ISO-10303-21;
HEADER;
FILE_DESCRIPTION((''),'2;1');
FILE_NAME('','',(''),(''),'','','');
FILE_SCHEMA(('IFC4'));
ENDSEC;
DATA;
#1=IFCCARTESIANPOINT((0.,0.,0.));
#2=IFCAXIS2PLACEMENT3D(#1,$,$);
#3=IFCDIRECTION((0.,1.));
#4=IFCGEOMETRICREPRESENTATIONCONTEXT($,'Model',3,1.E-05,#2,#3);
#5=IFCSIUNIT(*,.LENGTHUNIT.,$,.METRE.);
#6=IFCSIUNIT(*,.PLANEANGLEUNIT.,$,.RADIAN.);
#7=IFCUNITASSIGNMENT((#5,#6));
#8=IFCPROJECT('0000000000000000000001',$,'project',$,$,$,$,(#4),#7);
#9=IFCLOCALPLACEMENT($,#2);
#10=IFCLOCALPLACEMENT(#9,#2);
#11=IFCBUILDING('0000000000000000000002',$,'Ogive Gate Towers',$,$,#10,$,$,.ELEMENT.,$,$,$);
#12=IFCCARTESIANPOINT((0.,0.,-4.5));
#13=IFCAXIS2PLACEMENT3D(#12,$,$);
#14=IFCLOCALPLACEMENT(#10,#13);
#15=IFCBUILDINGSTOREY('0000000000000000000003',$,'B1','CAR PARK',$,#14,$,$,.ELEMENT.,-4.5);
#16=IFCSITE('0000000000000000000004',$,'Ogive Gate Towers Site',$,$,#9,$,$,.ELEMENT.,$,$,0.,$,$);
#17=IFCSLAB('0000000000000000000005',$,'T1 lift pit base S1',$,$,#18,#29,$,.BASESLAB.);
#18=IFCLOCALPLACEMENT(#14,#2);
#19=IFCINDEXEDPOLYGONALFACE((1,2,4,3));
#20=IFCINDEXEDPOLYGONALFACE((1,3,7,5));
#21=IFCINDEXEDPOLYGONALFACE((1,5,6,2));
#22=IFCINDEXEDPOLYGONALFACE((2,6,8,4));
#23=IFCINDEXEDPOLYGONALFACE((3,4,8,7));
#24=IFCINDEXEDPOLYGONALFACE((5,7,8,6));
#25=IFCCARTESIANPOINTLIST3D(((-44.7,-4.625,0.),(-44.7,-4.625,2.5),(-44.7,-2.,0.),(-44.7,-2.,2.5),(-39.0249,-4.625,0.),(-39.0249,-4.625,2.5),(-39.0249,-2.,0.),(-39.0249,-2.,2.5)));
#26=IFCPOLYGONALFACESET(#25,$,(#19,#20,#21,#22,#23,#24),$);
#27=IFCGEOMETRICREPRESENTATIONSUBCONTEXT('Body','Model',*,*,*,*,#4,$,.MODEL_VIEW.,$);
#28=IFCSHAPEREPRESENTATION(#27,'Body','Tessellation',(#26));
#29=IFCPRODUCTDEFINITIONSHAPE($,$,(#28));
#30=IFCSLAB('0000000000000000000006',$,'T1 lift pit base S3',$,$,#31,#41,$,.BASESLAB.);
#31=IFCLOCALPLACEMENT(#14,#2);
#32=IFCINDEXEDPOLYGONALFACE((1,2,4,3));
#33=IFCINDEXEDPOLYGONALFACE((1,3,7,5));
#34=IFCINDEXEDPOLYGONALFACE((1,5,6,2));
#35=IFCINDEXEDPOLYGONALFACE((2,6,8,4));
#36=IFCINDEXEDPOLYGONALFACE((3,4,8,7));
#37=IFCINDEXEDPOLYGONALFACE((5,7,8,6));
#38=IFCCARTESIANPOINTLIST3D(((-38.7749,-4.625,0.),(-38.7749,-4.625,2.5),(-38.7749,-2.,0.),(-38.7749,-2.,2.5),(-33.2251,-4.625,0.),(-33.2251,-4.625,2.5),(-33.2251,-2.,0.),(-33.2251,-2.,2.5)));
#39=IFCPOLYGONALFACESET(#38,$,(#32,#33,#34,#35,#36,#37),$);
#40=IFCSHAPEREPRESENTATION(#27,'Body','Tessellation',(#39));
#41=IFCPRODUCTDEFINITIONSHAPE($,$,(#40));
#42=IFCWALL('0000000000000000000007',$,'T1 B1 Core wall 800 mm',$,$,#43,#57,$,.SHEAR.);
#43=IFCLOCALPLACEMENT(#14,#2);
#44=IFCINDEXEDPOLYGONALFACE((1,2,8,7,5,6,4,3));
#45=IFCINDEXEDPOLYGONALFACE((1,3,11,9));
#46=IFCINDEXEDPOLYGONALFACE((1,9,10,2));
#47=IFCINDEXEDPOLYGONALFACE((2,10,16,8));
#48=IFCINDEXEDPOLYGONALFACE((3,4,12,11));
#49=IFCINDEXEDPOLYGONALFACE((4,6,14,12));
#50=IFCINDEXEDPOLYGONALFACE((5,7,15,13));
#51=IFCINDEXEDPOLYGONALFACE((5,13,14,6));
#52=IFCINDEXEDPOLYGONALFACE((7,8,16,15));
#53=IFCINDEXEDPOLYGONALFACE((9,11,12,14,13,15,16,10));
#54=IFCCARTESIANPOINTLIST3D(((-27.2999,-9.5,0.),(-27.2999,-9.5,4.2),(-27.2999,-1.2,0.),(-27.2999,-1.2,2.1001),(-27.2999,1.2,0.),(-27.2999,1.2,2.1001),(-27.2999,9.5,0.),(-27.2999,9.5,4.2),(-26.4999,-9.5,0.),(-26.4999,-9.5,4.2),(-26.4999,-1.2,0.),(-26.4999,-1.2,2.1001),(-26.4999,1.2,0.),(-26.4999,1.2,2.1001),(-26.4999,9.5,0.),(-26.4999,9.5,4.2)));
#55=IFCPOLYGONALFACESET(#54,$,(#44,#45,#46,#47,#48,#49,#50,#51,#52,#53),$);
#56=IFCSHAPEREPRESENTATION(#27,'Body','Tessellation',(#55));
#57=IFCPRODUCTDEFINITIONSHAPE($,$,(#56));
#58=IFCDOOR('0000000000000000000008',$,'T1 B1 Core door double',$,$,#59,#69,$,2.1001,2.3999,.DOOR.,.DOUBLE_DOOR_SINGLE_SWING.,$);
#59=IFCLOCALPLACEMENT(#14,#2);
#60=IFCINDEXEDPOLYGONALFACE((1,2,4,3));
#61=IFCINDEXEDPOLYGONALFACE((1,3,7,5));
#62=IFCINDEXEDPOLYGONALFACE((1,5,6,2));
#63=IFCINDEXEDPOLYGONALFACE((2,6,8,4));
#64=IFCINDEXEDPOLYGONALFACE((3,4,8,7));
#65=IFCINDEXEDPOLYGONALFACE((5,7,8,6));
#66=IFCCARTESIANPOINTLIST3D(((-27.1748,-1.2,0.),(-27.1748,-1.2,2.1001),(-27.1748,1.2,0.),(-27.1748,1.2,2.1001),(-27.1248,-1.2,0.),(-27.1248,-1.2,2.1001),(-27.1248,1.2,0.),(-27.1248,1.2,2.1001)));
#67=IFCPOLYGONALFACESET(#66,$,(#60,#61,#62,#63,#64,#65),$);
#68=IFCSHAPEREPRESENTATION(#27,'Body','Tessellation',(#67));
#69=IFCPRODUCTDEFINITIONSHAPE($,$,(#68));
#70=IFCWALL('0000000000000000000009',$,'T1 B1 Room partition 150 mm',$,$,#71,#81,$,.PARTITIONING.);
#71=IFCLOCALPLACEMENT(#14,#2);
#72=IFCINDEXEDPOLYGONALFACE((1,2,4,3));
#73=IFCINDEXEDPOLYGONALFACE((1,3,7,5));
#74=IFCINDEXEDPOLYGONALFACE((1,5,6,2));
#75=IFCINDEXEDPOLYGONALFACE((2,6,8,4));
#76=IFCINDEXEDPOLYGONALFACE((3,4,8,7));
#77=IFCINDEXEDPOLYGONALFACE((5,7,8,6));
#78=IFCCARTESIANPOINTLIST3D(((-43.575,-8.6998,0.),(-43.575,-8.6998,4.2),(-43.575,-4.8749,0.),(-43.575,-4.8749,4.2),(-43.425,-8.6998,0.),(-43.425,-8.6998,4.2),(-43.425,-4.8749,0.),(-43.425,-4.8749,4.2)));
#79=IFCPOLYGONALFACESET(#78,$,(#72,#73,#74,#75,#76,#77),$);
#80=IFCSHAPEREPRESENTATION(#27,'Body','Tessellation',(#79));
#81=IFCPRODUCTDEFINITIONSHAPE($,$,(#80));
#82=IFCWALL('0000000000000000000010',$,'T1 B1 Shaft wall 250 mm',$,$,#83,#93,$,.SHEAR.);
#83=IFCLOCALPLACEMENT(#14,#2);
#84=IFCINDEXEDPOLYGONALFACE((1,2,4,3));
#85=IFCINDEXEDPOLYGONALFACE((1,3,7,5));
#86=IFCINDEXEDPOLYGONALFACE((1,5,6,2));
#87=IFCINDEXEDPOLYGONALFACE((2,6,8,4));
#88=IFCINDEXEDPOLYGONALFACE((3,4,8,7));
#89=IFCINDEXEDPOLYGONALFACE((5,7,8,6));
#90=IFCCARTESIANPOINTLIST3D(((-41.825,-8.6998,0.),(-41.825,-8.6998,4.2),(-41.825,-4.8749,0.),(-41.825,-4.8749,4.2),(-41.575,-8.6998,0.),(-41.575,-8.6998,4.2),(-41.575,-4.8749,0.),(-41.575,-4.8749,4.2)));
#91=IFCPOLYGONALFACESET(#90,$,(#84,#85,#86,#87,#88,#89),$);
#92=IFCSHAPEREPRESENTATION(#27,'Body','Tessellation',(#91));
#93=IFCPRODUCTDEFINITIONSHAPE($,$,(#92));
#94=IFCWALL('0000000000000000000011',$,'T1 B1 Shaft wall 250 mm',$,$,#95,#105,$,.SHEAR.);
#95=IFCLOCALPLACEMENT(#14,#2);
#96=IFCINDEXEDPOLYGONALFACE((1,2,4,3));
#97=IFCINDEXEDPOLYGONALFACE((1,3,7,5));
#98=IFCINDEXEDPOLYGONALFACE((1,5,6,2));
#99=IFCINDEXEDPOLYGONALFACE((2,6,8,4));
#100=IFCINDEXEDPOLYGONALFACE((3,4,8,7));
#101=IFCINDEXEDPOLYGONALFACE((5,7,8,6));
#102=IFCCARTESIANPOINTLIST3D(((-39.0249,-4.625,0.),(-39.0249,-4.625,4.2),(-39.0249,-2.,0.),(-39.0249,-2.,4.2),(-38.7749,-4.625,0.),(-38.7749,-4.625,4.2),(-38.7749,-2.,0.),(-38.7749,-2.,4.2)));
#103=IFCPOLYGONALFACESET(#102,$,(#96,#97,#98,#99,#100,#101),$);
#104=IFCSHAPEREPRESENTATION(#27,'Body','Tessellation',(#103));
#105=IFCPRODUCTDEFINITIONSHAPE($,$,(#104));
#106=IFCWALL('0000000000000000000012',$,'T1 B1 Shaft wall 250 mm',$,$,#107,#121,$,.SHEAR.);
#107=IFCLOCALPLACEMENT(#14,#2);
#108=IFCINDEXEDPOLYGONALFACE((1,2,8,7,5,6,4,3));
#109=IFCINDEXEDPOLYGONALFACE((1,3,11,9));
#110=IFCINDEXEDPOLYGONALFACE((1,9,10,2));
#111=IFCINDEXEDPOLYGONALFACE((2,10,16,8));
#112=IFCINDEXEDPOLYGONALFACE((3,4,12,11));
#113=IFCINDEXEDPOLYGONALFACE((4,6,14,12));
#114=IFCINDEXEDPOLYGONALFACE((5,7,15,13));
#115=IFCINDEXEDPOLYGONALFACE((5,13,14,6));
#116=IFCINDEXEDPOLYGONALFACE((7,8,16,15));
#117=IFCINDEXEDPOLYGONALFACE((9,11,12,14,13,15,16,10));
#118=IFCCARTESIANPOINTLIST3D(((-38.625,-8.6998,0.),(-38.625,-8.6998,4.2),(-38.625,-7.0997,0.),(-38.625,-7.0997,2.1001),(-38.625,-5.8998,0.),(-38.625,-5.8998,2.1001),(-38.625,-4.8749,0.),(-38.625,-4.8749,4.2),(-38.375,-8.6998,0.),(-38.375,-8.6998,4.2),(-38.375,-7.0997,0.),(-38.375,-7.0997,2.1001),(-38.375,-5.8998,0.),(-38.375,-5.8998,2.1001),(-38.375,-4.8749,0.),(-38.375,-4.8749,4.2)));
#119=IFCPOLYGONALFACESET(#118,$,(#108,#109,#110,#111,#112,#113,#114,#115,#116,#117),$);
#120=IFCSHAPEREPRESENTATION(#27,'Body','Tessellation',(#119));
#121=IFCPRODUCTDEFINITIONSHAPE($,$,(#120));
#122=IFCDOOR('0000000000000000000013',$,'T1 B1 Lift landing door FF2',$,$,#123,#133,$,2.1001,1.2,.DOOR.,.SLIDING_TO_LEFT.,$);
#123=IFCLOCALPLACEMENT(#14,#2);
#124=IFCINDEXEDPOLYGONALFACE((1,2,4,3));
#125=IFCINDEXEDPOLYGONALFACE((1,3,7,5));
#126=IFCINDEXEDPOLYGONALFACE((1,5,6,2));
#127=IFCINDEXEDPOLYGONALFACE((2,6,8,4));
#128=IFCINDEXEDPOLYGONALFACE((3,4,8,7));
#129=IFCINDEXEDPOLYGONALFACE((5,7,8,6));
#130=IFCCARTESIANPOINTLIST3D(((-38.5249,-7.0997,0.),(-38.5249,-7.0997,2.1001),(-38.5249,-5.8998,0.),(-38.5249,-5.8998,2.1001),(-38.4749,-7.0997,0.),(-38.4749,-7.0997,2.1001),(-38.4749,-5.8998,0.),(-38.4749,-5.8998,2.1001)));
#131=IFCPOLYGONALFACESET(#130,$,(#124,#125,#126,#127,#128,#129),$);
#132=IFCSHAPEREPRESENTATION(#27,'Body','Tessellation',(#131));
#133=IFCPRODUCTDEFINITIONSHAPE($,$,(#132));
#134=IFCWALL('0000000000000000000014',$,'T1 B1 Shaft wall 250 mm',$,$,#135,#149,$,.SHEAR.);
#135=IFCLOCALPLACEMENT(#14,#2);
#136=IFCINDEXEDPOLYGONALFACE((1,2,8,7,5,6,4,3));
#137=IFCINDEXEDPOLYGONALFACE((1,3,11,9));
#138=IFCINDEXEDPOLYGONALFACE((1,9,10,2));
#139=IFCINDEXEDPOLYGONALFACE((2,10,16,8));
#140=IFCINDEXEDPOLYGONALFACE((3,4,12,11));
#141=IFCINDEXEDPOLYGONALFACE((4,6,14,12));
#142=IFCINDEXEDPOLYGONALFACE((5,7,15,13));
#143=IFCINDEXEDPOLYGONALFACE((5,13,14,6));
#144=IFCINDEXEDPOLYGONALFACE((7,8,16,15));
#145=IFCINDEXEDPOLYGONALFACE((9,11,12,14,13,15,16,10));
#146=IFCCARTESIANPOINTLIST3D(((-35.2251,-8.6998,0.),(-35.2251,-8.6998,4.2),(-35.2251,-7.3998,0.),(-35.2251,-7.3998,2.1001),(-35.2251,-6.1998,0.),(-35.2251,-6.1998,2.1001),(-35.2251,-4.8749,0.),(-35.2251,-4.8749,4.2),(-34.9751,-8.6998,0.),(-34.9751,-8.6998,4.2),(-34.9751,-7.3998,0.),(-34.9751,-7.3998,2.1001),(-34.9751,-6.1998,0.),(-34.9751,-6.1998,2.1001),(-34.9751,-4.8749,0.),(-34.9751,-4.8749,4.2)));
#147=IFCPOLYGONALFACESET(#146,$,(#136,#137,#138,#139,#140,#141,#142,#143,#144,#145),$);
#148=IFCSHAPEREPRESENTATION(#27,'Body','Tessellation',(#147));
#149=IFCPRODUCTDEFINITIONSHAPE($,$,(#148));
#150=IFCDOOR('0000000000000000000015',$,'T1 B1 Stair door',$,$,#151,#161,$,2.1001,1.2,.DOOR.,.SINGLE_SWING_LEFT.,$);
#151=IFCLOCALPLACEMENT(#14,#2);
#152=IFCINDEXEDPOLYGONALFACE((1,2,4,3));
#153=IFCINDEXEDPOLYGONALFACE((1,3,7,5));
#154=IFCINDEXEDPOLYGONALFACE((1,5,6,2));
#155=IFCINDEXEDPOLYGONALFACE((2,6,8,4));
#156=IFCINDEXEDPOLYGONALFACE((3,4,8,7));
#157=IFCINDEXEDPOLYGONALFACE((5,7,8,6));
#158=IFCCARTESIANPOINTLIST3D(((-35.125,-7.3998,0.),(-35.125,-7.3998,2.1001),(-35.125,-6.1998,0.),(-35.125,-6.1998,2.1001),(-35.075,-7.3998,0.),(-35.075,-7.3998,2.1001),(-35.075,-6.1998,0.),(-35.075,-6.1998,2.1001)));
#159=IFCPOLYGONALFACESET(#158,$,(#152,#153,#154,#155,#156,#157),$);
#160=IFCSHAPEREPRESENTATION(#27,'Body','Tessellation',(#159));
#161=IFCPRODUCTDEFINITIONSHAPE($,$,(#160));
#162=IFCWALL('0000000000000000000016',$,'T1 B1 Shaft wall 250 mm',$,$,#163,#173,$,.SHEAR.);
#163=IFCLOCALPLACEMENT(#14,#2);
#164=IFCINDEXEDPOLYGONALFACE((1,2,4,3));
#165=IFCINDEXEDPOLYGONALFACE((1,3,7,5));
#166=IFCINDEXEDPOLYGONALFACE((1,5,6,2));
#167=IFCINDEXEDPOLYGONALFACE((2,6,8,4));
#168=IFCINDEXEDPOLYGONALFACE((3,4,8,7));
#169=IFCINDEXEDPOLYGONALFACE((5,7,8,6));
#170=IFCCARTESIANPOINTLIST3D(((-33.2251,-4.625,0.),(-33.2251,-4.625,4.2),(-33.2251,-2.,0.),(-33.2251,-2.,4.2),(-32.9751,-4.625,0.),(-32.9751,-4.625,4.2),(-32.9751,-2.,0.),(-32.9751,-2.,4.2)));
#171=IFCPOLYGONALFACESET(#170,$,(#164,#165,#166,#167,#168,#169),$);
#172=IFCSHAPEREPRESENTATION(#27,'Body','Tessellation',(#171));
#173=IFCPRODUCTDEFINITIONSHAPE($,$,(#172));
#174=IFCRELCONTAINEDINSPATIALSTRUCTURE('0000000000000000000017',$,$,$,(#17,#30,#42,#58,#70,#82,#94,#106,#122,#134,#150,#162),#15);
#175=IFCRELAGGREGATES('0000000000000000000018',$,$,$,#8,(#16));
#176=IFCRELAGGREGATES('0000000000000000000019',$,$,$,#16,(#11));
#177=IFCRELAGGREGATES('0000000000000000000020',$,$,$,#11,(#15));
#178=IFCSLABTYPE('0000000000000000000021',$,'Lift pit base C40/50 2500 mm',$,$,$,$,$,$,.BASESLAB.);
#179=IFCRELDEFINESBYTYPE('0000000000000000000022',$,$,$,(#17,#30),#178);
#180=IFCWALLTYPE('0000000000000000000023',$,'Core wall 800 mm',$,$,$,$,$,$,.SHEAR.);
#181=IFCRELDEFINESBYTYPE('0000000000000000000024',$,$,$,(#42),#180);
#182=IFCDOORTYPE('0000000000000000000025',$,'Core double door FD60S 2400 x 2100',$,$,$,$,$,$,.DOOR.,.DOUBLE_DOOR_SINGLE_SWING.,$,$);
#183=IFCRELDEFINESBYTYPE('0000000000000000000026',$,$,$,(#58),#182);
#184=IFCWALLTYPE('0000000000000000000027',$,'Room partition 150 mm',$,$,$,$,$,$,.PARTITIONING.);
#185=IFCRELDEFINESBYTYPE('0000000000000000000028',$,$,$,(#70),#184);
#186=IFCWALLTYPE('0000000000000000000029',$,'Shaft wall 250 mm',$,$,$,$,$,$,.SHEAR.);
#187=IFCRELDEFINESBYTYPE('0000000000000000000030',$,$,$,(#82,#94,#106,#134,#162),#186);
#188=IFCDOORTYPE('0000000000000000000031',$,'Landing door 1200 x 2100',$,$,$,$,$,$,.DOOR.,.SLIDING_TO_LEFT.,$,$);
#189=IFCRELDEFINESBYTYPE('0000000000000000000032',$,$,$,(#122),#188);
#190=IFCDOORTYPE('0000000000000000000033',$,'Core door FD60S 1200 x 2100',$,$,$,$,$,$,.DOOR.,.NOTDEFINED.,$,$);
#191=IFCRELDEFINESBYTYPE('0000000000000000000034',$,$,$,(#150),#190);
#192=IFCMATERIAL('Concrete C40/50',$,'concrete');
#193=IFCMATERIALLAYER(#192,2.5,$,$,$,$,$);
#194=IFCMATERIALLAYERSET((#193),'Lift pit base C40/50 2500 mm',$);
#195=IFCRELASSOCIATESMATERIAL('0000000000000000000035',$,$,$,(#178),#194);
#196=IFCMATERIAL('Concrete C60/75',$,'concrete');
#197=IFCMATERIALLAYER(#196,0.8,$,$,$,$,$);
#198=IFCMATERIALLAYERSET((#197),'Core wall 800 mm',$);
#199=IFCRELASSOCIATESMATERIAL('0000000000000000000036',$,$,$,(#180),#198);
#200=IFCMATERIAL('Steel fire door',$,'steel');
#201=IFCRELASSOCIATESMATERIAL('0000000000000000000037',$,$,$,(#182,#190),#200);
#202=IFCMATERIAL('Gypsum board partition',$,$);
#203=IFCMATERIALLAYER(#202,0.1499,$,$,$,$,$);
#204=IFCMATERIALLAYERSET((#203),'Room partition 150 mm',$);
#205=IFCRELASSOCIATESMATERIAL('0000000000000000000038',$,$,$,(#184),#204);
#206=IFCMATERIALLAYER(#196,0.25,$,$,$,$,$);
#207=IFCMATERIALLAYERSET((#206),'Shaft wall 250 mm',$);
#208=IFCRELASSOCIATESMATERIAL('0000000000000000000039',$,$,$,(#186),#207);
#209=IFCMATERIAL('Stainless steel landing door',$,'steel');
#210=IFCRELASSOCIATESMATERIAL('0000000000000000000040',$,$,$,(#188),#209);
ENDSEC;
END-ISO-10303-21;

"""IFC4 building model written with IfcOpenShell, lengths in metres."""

from ifc_helpers import new_model, si_unit, direction, frame, frame_2d, origin, place, context, subcontext, project, spatial, polyline, rectangle, outline, extrude, material, layer, layer_set, type_object, element, fill, save


model = new_model("IFC4")

# Units and contexts
model_context = context("Model", 3, precision=1e-05, world=origin(), true_north=direction((0.0, 1.0)))
body_context = subcontext(model_context, "Body", "Model", "MODEL_VIEW")
ifc_project = project(units=[si_unit("LENGTHUNIT", "METRE"), si_unit("PLANEANGLEUNIT", "RADIAN")], contexts=[model_context])

# Site, building, storey
site_placement = place(None, origin())
site = spatial("IfcSite", under=ifc_project, at=site_placement, Name="Ogive Gate Towers Site", CompositionType="ELEMENT", RefElevation=0.0)
building_placement = place(site_placement, origin())
building = spatial("IfcBuilding", under=site, at=building_placement, Name="Ogive Gate Towers", CompositionType="ELEMENT")
storey_placement = place(building_placement, frame((0.0, 0.0, -4.5)))
storey = spatial("IfcBuildingStorey", under=building, at=storey_placement, Name="B1", Description="CAR PARK", CompositionType="ELEMENT", Elevation=-4.5)

# Slabs
ifc_material_1 = material(Name="Concrete C40/50", Category="concrete")
ifc_layer_1 = layer(ifc_material_1, 2.5)
ifc_layer_set_1 = layer_set([ifc_layer_1], Name="Lift pit base C40/50 2500 mm")
slab_type_1 = type_object("IfcSlabType", Name="Lift pit base C40/50 2500 mm", PredefinedType="BASESLAB", material=ifc_layer_set_1)
slab_1_placement = place(storey_placement, origin())
element("IfcSlab", 1, at=slab_1_placement, inside=storey, type_object=slab_type_1, Name="T1 lift pit base S1", PredefinedType="BASESLAB", context=body_context, shape_type="SweptSolid", body=[
    extrude(outline(polyline([(-44.7, -4.625), (-39.0249, -4.625), (-39.0249, -2.0), (-44.7, -2.0), (-44.7, -4.625)])), origin(), (0.0, 0.0, 1.0), 2.5),
])
slab_2_placement = place(storey_placement, origin())
element("IfcSlab", 2, at=slab_2_placement, inside=storey, type_object=slab_type_1, Name="T1 lift pit base S3", PredefinedType="BASESLAB", context=body_context, shape_type="SweptSolid", body=[
    extrude(outline(polyline([(-38.7749, -4.625), (-33.2251, -4.625), (-33.2251, -2.0), (-38.7749, -2.0), (-38.7749, -4.625)])), origin(), (0.0, 0.0, 1.0), 2.5),
])

# Wall, opening, door
ifc_material_2 = material(Name="Concrete C60/75", Category="concrete")
ifc_layer_2 = layer(ifc_material_2, 0.8)
ifc_layer_set_2 = layer_set([ifc_layer_2], Name="Core wall 800 mm")
wall_type_1 = type_object("IfcWallType", Name="Core wall 800 mm", PredefinedType="SHEAR", material=ifc_layer_set_2)
wall_1_placement = place(storey_placement, frame((-26.8999, -9.5, 0.0), z_axis=(0.0, 0.0, 1.0), x_axis=(0.0, 1.0, 0.0)))
wall_1 = element("IfcWall", 3, at=wall_1_placement, inside=storey, type_object=wall_type_1, Name="T1 B1 Core wall 800 mm", PredefinedType="SHEAR", context=body_context, shape_type="SweptSolid", body=[
    extrude(rectangle(XDim=19.0, YDim=0.8, at=frame_2d((9.5, 0.0))), origin(), (0.0, 0.0, 1.0), 4.2),
])
opening_1_placement = place(wall_1_placement, frame((8.3, 0.0, 0.0)))
opening_1 = element("IfcOpeningElement", 4, at=opening_1_placement, cuts=wall_1, PredefinedType="OPENING", context=body_context, shape_type="SweptSolid", body=[
    extrude(rectangle(XDim=2.3999, YDim=2.1001, at=frame_2d((1.2, 1.05))), frame((0.0, 0.4102, 0.0), z_axis=(0.0, -1.0, 0.0), x_axis=(1.0, 0.0, 0.0)), (0.0, 0.0, 1.0), 0.8201),
])
ifc_material_3 = material(Name="Steel fire door", Category="steel")
door_type_1 = type_object("IfcDoorType", Name="Core double door FD60S 2400 x 2100", OperationType="DOUBLE_DOOR_SINGLE_SWING", PredefinedType="DOOR", material=ifc_material_3)
door_1_placement = place(opening_1_placement, origin())
door_1 = element("IfcDoor", 5, at=door_1_placement, inside=storey, type_object=door_type_1, Name="T1 B1 Core door double", OperationType="DOUBLE_DOOR_SINGLE_SWING", OverallHeight=2.1001, OverallWidth=2.3999, PredefinedType="DOOR", context=body_context, shape_type="SweptSolid", body=[
    extrude(rectangle(XDim=2.3999, YDim=2.1001, at=frame_2d((1.2, 1.05))), frame((0.0, 0.2749, 0.0), z_axis=(0.0, -1.0, 0.0), x_axis=(1.0, 0.0, 0.0)), (0.0, 0.0, 1.0), 0.05),
])
fill(opening_1, door_1)

# Walls
ifc_material_4 = material(Name="Gypsum board partition")
ifc_layer_3 = layer(ifc_material_4, 0.1499)
ifc_layer_set_3 = layer_set([ifc_layer_3], Name="Room partition 150 mm")
wall_type_2 = type_object("IfcWallType", Name="Room partition 150 mm", PredefinedType="PARTITIONING", material=ifc_layer_set_3)
wall_2_placement = place(storey_placement, frame((-43.5, -8.7, 0.0), z_axis=(0.0, 0.0, 1.0), x_axis=(0.0, 1.0, 0.0)))
element("IfcWall", 6, at=wall_2_placement, inside=storey, type_object=wall_type_2, Name="T1 B1 Room partition 150 mm", PredefinedType="PARTITIONING", context=body_context, shape_type="SweptSolid", body=[
    extrude(rectangle(XDim=3.825, YDim=0.1499, at=frame_2d((1.9126, 0.0))), origin(), (0.0, 0.0, 1.0), 4.2),
])
ifc_layer_4 = layer(ifc_material_2, 0.25)
ifc_layer_set_4 = layer_set([ifc_layer_4], Name="Shaft wall 250 mm")
wall_type_3 = type_object("IfcWallType", Name="Shaft wall 250 mm", PredefinedType="SHEAR", material=ifc_layer_set_4)
wall_3_placement = place(storey_placement, frame((-41.7, -8.7, 0.0), z_axis=(0.0, 0.0, 1.0), x_axis=(0.0, 1.0, 0.0)))
element("IfcWall", 7, at=wall_3_placement, inside=storey, type_object=wall_type_3, Name="T1 B1 Shaft wall 250 mm", PredefinedType="SHEAR", context=body_context, shape_type="SweptSolid", body=[
    extrude(rectangle(XDim=3.825, YDim=0.25, at=frame_2d((1.9126, 0.0))), origin(), (0.0, 0.0, 1.0), 4.2),
])
wall_4_placement = place(storey_placement, frame((-38.8999, -4.625, 0.0), z_axis=(0.0, 0.0, 1.0), x_axis=(0.0, 1.0, 0.0)))
element("IfcWall", 8, at=wall_4_placement, inside=storey, type_object=wall_type_3, Name="T1 B1 Shaft wall 250 mm", PredefinedType="SHEAR", context=body_context, shape_type="SweptSolid", body=[
    extrude(rectangle(XDim=2.625, YDim=0.25, at=frame_2d((1.3125, 0.0))), origin(), (0.0, 0.0, 1.0), 4.2),
])

# Walls, openings, doors
wall_5_placement = place(storey_placement, frame((-38.5, -8.7, 0.0), z_axis=(0.0, 0.0, 1.0), x_axis=(0.0, 1.0, 0.0)))
wall_5 = element("IfcWall", 9, at=wall_5_placement, inside=storey, type_object=wall_type_3, Name="T1 B1 Shaft wall 250 mm", PredefinedType="SHEAR", context=body_context, shape_type="SweptSolid", body=[
    extrude(rectangle(XDim=3.825, YDim=0.25, at=frame_2d((1.9126, 0.0))), origin(), (0.0, 0.0, 1.0), 4.2),
])
opening_2_placement = place(wall_5_placement, frame((1.6001, 0.0, 0.0)))
opening_2 = element("IfcOpeningElement", 10, at=opening_2_placement, cuts=wall_5, PredefinedType="OPENING", context=body_context, shape_type="SweptSolid", body=[
    extrude(rectangle(XDim=1.2, YDim=2.1001, at=frame_2d((0.6001, 1.05))), frame((0.0, 0.135, 0.0), z_axis=(0.0, -1.0, 0.0), x_axis=(1.0, 0.0, 0.0)), (0.0, 0.0, 1.0), 0.27),
])
ifc_material_5 = material(Name="Stainless steel landing door", Category="steel")
door_type_2 = type_object("IfcDoorType", Name="Landing door 1200 x 2100", OperationType="SLIDING_TO_LEFT", PredefinedType="DOOR", material=ifc_material_5)
door_2_placement = place(opening_2_placement, origin())
door_2 = element("IfcDoor", 11, at=door_2_placement, inside=storey, type_object=door_type_2, Name="T1 B1 Lift landing door FF2", OperationType="SLIDING_TO_LEFT", OverallHeight=2.1001, OverallWidth=1.2, PredefinedType="DOOR", context=body_context, shape_type="SweptSolid", body=[
    extrude(rectangle(XDim=1.2, YDim=2.1001, at=frame_2d((0.6001, 1.05))), frame((0.0, 0.0249, 0.0), z_axis=(0.0, -1.0, 0.0), x_axis=(1.0, 0.0, 0.0)), (0.0, 0.0, 1.0), 0.05),
])
fill(opening_2, door_2)
wall_6_placement = place(storey_placement, frame((-35.1001, -8.7, 0.0), z_axis=(0.0, 0.0, 1.0), x_axis=(0.0, 1.0, 0.0)))
wall_6 = element("IfcWall", 12, at=wall_6_placement, inside=storey, type_object=wall_type_3, Name="T1 B1 Shaft wall 250 mm", PredefinedType="SHEAR", context=body_context, shape_type="SweptSolid", body=[
    extrude(rectangle(XDim=3.825, YDim=0.25, at=frame_2d((1.9126, 0.0))), origin(), (0.0, 0.0, 1.0), 4.2),
])
opening_3_placement = place(wall_6_placement, frame((1.3, 0.0, 0.0)))
opening_3 = element("IfcOpeningElement", 13, at=opening_3_placement, cuts=wall_6, PredefinedType="OPENING", context=body_context, shape_type="SweptSolid", body=[
    extrude(rectangle(XDim=1.2, YDim=2.1001, at=frame_2d((0.6001, 1.05))), frame((0.0, 0.135, 0.0), z_axis=(0.0, -1.0, 0.0), x_axis=(1.0, 0.0, 0.0)), (0.0, 0.0, 1.0), 0.27),
])
door_type_3 = type_object("IfcDoorType", Name="Core door FD60S 1200 x 2100", OperationType="NOTDEFINED", PredefinedType="DOOR", material=ifc_material_3)
door_3_placement = place(opening_3_placement, origin())
door_3 = element("IfcDoor", 14, at=door_3_placement, inside=storey, type_object=door_type_3, Name="T1 B1 Stair door", OperationType="SINGLE_SWING_LEFT", OverallHeight=2.1001, OverallWidth=1.2, PredefinedType="DOOR", context=body_context, shape_type="SweptSolid", body=[
    extrude(rectangle(XDim=1.2, YDim=2.1001, at=frame_2d((0.6001, 1.05))), frame((0.0, 0.0249, 0.0), z_axis=(0.0, -1.0, 0.0), x_axis=(1.0, 0.0, 0.0)), (0.0, 0.0, 1.0), 0.05),
])
fill(opening_3, door_3)

# Wall
for number, where, z_axis, x_axis, name in (
    (15, (-33.1001, -4.625, 0.0), (0.0, 0.0, 1.0), (0.0, 1.0, 0.0), "T1 B1 Shaft wall 250 mm"),
):
    element("IfcWall", number, at=place(storey_placement, frame(where, z_axis=z_axis, x_axis=x_axis)), inside=storey, type_object=wall_type_3, Name=name, PredefinedType="SHEAR", context=body_context, shape_type="SweptSolid", body=[
        extrude(rectangle(XDim=2.625, YDim=0.25, at=frame_2d((1.3125, 0.0))), origin(), (0.0, 0.0, 1.0), 4.2),
    ])

save(model, "model.ifc")
